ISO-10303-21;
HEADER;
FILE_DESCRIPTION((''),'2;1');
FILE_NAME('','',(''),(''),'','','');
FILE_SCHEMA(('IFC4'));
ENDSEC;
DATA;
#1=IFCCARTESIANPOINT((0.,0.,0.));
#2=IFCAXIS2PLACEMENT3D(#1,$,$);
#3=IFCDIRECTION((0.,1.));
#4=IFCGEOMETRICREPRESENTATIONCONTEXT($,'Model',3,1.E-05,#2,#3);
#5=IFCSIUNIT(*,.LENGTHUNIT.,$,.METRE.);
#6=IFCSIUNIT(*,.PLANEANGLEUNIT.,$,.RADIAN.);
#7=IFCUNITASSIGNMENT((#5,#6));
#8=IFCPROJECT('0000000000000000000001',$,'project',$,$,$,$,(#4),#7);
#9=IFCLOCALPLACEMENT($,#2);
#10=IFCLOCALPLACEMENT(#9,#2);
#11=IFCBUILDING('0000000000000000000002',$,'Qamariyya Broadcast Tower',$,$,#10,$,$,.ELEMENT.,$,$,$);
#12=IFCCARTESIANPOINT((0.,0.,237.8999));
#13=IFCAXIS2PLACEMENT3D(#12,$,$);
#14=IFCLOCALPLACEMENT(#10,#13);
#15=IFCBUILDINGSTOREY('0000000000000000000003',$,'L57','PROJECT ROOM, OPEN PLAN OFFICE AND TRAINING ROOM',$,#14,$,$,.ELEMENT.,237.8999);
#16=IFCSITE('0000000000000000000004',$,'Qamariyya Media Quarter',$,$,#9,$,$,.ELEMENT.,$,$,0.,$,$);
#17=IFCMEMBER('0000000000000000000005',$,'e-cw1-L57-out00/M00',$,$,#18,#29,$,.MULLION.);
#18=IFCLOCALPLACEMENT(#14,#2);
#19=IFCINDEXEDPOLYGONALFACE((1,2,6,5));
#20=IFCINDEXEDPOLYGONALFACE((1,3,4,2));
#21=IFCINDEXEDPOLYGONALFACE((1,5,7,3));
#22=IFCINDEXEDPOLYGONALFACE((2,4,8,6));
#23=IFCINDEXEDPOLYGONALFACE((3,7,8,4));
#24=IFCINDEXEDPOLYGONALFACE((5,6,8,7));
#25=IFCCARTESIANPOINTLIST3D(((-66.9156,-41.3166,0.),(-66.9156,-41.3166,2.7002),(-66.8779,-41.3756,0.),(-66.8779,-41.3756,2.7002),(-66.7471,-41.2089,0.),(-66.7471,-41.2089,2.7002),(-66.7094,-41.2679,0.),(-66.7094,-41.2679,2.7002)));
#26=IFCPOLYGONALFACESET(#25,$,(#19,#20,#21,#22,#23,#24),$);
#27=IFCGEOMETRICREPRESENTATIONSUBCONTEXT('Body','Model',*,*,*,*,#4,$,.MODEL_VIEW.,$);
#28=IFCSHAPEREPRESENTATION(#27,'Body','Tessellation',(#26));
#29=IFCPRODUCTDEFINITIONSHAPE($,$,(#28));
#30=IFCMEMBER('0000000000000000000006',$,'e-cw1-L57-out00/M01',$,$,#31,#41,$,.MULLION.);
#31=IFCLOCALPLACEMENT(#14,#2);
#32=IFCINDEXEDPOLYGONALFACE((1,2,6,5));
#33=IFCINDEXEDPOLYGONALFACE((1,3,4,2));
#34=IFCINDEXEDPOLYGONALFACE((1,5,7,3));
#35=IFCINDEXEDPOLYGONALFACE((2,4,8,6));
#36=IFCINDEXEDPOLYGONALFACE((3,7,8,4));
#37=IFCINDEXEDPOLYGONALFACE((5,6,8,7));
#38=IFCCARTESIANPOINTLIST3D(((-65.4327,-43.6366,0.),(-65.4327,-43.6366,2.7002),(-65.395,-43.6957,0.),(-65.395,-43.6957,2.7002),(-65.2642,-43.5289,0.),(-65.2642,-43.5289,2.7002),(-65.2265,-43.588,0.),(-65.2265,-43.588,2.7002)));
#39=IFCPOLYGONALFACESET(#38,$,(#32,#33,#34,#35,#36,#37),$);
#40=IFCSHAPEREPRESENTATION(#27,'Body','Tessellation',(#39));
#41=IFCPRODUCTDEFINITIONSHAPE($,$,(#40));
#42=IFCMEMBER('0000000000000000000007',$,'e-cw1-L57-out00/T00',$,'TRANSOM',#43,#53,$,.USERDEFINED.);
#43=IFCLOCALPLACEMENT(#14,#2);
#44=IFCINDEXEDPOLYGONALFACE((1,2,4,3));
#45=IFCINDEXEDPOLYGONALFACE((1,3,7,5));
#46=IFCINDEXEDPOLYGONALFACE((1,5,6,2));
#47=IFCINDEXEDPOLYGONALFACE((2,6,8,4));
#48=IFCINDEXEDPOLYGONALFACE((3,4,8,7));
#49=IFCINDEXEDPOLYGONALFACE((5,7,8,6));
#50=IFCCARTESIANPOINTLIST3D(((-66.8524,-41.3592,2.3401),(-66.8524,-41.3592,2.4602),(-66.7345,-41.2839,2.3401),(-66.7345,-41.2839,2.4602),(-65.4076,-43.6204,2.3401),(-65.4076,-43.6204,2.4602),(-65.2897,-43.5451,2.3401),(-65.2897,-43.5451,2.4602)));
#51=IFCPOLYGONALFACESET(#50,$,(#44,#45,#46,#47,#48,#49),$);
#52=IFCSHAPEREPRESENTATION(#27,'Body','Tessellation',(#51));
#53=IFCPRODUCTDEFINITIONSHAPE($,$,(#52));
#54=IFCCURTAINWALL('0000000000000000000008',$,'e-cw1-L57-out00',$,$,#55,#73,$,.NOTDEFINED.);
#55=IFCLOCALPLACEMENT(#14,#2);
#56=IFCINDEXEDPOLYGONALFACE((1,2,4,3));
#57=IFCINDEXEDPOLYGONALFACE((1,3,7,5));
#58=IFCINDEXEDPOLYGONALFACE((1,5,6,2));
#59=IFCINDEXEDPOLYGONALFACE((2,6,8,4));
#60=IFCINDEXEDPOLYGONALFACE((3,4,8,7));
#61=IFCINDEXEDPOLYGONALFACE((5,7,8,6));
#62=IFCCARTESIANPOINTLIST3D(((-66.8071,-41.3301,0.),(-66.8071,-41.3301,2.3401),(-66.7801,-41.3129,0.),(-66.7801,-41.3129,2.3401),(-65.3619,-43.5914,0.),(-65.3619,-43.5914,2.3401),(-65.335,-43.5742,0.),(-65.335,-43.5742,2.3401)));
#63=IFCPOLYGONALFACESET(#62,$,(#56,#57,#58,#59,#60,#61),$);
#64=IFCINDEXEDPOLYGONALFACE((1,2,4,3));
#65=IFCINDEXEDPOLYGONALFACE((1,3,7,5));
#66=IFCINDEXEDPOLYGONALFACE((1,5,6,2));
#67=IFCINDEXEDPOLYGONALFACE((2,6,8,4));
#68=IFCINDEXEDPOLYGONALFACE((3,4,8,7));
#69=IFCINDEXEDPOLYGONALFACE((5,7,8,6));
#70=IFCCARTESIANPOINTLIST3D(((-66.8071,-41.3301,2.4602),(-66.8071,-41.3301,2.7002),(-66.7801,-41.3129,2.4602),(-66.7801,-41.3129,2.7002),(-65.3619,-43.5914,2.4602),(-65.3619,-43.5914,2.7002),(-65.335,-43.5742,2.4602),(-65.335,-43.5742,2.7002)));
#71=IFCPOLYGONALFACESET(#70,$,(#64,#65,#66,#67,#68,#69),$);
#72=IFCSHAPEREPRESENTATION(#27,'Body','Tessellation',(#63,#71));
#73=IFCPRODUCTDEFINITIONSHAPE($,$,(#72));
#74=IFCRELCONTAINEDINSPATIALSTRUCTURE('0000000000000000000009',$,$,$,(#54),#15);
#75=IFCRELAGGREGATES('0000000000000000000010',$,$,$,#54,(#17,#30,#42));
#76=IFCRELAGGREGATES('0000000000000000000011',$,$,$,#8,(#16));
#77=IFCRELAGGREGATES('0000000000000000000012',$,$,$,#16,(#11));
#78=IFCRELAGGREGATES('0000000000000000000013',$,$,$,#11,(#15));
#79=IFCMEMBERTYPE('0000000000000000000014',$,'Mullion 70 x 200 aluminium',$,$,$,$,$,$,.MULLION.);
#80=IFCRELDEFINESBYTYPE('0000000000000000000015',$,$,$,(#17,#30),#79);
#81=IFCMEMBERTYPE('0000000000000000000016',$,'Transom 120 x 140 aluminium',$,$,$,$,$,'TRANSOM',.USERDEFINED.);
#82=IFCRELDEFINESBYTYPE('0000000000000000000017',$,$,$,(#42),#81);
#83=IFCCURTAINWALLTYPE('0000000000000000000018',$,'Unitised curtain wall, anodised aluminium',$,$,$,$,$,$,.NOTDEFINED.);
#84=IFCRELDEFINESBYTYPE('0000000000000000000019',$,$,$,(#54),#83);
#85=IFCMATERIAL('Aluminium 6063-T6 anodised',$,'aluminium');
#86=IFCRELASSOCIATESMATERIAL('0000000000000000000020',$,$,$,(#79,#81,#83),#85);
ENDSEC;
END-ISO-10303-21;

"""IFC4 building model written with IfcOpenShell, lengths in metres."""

from ifc_helpers import new_model, si_unit, direction, frame, origin, origin_2d, place, context, subcontext, project, spatial, rectangle, extrude, material, material_profile, profile_set, type_object, element, aggregate, save


model = new_model("IFC4")

# Units and contexts
model_context = context("Model", 3, precision=1e-05, world=origin(), true_north=direction((0.0, 1.0)))
body_context = subcontext(model_context, "Body", "Model", "MODEL_VIEW")
ifc_project = project(units=[si_unit("LENGTHUNIT", "METRE"), si_unit("PLANEANGLEUNIT", "RADIAN")], contexts=[model_context])

# Members
ifc_material = material(Name="Aluminium 6063-T6 anodised", Category="aluminium")
ifc_material_profile_1 = material_profile(ifc_material, rectangle(XDim=0.2, YDim=0.0701, at=origin_2d()))
ifc_profile_set_1 = profile_set([ifc_material_profile_1], Name="Aluminium 6063-T6 anodised")
member_type_1 = type_object("IfcMemberType", Name="Mullion 70 x 200 aluminium", PredefinedType="MULLION", material=ifc_profile_set_1)
site_placement = place(None, origin())
building_placement = place(site_placement, origin())
storey_placement = place(building_placement, frame((0.0, 0.0, 237.8999)))
member_1_placement = place(storey_placement, frame((-66.8125, -41.2922, 0.0), z_axis=(0.0, 0.0, 1.0), x_axis=(0.842629, 0.538495, 0.0)))
member_1 = element("IfcMember", 1, at=member_1_placement, type_object=member_type_1, Name="e-cw1-L57-out00/M00", PredefinedType="MULLION", context=body_context, shape_type="SweptSolid", body=[
    extrude(rectangle(XDim=0.2, YDim=0.0701, at=origin_2d()), origin(), (0.0, 0.0, 1.0), 2.7002),
])
member_2_placement = place(storey_placement, frame((-65.3296, -43.6123, 0.0), z_axis=(0.0, 0.0, 1.0), x_axis=(0.842629, 0.538495, 0.0)))
member_2 = element("IfcMember", 2, at=member_2_placement, type_object=member_type_1, Name="e-cw1-L57-out00/M01", PredefinedType="MULLION", context=body_context, shape_type="SweptSolid", body=[
    extrude(rectangle(XDim=0.2, YDim=0.0701, at=origin_2d()), origin(), (0.0, 0.0, 1.0), 2.7002),
])
ifc_material_profile_2 = material_profile(ifc_material, rectangle(XDim=0.1399, YDim=0.1201, at=origin_2d()))
ifc_profile_set_2 = profile_set([ifc_material_profile_2], Name="Aluminium 6063-T6 anodised")
member_type_2 = type_object("IfcMemberType", Name="Transom 120 x 140 aluminium", ElementType="TRANSOM", PredefinedType="USERDEFINED", material=ifc_profile_set_2)
member_3_placement = place(storey_placement, frame((-66.7935, -41.3215, 2.4001), z_axis=(0.538429, -0.842671, 0.0), x_axis=(0.842671, 0.538429, 0.0)))
member_3 = element("IfcMember", 3, at=member_3_placement, type_object=member_type_2, Name="e-cw1-L57-out00/T00", ObjectType="TRANSOM", PredefinedType="USERDEFINED", context=body_context, shape_type="SweptSolid", body=[
    extrude(rectangle(XDim=0.1399, YDim=0.1201, at=origin_2d()), origin(), (0.0, 0.0, 1.0), 2.6833),
])

# Site, building, storey
site = spatial("IfcSite", under=ifc_project, at=site_placement, Name="Qamariyya Media Quarter", CompositionType="ELEMENT", RefElevation=0.0)
building = spatial("IfcBuilding", under=site, at=building_placement, Name="Qamariyya Broadcast Tower", CompositionType="ELEMENT")
storey = spatial("IfcBuildingStorey", under=building, at=storey_placement, Name="L57", Description="PROJECT ROOM, OPEN PLAN OFFICE AND TRAINING ROOM", CompositionType="ELEMENT", Elevation=237.8999)

# Curtain wall
curtain_wall_type = type_object("IfcCurtainWallType", Name="Unitised curtain wall, anodised aluminium", PredefinedType="NOTDEFINED", material=ifc_material)
curtain_wall_1_placement = place(storey_placement, origin())
curtain_wall_1 = element("IfcCurtainWall", 4, at=curtain_wall_1_placement, inside=storey, type_object=curtain_wall_type, Name="e-cw1-L57-out00", PredefinedType="NOTDEFINED", context=body_context, shape_type="SweptSolid", body=[
    extrude(rectangle(XDim=2.6836, YDim=0.032, at=origin_2d()), frame((-66.071, -42.4521, 0.0), x_axis=(0.538514, -0.842617, 0.0)), (0.0, 0.0, 1.0), 2.3401),
    extrude(rectangle(XDim=2.6836, YDim=0.032, at=origin_2d()), frame((-66.071, -42.4521, 2.4602), x_axis=(0.538514, -0.842617, 0.0)), (0.0, 0.0, 1.0), 0.24),
])
aggregate(curtain_wall_1, [member_1, member_2, member_3])

save(model, "model.ifc")
